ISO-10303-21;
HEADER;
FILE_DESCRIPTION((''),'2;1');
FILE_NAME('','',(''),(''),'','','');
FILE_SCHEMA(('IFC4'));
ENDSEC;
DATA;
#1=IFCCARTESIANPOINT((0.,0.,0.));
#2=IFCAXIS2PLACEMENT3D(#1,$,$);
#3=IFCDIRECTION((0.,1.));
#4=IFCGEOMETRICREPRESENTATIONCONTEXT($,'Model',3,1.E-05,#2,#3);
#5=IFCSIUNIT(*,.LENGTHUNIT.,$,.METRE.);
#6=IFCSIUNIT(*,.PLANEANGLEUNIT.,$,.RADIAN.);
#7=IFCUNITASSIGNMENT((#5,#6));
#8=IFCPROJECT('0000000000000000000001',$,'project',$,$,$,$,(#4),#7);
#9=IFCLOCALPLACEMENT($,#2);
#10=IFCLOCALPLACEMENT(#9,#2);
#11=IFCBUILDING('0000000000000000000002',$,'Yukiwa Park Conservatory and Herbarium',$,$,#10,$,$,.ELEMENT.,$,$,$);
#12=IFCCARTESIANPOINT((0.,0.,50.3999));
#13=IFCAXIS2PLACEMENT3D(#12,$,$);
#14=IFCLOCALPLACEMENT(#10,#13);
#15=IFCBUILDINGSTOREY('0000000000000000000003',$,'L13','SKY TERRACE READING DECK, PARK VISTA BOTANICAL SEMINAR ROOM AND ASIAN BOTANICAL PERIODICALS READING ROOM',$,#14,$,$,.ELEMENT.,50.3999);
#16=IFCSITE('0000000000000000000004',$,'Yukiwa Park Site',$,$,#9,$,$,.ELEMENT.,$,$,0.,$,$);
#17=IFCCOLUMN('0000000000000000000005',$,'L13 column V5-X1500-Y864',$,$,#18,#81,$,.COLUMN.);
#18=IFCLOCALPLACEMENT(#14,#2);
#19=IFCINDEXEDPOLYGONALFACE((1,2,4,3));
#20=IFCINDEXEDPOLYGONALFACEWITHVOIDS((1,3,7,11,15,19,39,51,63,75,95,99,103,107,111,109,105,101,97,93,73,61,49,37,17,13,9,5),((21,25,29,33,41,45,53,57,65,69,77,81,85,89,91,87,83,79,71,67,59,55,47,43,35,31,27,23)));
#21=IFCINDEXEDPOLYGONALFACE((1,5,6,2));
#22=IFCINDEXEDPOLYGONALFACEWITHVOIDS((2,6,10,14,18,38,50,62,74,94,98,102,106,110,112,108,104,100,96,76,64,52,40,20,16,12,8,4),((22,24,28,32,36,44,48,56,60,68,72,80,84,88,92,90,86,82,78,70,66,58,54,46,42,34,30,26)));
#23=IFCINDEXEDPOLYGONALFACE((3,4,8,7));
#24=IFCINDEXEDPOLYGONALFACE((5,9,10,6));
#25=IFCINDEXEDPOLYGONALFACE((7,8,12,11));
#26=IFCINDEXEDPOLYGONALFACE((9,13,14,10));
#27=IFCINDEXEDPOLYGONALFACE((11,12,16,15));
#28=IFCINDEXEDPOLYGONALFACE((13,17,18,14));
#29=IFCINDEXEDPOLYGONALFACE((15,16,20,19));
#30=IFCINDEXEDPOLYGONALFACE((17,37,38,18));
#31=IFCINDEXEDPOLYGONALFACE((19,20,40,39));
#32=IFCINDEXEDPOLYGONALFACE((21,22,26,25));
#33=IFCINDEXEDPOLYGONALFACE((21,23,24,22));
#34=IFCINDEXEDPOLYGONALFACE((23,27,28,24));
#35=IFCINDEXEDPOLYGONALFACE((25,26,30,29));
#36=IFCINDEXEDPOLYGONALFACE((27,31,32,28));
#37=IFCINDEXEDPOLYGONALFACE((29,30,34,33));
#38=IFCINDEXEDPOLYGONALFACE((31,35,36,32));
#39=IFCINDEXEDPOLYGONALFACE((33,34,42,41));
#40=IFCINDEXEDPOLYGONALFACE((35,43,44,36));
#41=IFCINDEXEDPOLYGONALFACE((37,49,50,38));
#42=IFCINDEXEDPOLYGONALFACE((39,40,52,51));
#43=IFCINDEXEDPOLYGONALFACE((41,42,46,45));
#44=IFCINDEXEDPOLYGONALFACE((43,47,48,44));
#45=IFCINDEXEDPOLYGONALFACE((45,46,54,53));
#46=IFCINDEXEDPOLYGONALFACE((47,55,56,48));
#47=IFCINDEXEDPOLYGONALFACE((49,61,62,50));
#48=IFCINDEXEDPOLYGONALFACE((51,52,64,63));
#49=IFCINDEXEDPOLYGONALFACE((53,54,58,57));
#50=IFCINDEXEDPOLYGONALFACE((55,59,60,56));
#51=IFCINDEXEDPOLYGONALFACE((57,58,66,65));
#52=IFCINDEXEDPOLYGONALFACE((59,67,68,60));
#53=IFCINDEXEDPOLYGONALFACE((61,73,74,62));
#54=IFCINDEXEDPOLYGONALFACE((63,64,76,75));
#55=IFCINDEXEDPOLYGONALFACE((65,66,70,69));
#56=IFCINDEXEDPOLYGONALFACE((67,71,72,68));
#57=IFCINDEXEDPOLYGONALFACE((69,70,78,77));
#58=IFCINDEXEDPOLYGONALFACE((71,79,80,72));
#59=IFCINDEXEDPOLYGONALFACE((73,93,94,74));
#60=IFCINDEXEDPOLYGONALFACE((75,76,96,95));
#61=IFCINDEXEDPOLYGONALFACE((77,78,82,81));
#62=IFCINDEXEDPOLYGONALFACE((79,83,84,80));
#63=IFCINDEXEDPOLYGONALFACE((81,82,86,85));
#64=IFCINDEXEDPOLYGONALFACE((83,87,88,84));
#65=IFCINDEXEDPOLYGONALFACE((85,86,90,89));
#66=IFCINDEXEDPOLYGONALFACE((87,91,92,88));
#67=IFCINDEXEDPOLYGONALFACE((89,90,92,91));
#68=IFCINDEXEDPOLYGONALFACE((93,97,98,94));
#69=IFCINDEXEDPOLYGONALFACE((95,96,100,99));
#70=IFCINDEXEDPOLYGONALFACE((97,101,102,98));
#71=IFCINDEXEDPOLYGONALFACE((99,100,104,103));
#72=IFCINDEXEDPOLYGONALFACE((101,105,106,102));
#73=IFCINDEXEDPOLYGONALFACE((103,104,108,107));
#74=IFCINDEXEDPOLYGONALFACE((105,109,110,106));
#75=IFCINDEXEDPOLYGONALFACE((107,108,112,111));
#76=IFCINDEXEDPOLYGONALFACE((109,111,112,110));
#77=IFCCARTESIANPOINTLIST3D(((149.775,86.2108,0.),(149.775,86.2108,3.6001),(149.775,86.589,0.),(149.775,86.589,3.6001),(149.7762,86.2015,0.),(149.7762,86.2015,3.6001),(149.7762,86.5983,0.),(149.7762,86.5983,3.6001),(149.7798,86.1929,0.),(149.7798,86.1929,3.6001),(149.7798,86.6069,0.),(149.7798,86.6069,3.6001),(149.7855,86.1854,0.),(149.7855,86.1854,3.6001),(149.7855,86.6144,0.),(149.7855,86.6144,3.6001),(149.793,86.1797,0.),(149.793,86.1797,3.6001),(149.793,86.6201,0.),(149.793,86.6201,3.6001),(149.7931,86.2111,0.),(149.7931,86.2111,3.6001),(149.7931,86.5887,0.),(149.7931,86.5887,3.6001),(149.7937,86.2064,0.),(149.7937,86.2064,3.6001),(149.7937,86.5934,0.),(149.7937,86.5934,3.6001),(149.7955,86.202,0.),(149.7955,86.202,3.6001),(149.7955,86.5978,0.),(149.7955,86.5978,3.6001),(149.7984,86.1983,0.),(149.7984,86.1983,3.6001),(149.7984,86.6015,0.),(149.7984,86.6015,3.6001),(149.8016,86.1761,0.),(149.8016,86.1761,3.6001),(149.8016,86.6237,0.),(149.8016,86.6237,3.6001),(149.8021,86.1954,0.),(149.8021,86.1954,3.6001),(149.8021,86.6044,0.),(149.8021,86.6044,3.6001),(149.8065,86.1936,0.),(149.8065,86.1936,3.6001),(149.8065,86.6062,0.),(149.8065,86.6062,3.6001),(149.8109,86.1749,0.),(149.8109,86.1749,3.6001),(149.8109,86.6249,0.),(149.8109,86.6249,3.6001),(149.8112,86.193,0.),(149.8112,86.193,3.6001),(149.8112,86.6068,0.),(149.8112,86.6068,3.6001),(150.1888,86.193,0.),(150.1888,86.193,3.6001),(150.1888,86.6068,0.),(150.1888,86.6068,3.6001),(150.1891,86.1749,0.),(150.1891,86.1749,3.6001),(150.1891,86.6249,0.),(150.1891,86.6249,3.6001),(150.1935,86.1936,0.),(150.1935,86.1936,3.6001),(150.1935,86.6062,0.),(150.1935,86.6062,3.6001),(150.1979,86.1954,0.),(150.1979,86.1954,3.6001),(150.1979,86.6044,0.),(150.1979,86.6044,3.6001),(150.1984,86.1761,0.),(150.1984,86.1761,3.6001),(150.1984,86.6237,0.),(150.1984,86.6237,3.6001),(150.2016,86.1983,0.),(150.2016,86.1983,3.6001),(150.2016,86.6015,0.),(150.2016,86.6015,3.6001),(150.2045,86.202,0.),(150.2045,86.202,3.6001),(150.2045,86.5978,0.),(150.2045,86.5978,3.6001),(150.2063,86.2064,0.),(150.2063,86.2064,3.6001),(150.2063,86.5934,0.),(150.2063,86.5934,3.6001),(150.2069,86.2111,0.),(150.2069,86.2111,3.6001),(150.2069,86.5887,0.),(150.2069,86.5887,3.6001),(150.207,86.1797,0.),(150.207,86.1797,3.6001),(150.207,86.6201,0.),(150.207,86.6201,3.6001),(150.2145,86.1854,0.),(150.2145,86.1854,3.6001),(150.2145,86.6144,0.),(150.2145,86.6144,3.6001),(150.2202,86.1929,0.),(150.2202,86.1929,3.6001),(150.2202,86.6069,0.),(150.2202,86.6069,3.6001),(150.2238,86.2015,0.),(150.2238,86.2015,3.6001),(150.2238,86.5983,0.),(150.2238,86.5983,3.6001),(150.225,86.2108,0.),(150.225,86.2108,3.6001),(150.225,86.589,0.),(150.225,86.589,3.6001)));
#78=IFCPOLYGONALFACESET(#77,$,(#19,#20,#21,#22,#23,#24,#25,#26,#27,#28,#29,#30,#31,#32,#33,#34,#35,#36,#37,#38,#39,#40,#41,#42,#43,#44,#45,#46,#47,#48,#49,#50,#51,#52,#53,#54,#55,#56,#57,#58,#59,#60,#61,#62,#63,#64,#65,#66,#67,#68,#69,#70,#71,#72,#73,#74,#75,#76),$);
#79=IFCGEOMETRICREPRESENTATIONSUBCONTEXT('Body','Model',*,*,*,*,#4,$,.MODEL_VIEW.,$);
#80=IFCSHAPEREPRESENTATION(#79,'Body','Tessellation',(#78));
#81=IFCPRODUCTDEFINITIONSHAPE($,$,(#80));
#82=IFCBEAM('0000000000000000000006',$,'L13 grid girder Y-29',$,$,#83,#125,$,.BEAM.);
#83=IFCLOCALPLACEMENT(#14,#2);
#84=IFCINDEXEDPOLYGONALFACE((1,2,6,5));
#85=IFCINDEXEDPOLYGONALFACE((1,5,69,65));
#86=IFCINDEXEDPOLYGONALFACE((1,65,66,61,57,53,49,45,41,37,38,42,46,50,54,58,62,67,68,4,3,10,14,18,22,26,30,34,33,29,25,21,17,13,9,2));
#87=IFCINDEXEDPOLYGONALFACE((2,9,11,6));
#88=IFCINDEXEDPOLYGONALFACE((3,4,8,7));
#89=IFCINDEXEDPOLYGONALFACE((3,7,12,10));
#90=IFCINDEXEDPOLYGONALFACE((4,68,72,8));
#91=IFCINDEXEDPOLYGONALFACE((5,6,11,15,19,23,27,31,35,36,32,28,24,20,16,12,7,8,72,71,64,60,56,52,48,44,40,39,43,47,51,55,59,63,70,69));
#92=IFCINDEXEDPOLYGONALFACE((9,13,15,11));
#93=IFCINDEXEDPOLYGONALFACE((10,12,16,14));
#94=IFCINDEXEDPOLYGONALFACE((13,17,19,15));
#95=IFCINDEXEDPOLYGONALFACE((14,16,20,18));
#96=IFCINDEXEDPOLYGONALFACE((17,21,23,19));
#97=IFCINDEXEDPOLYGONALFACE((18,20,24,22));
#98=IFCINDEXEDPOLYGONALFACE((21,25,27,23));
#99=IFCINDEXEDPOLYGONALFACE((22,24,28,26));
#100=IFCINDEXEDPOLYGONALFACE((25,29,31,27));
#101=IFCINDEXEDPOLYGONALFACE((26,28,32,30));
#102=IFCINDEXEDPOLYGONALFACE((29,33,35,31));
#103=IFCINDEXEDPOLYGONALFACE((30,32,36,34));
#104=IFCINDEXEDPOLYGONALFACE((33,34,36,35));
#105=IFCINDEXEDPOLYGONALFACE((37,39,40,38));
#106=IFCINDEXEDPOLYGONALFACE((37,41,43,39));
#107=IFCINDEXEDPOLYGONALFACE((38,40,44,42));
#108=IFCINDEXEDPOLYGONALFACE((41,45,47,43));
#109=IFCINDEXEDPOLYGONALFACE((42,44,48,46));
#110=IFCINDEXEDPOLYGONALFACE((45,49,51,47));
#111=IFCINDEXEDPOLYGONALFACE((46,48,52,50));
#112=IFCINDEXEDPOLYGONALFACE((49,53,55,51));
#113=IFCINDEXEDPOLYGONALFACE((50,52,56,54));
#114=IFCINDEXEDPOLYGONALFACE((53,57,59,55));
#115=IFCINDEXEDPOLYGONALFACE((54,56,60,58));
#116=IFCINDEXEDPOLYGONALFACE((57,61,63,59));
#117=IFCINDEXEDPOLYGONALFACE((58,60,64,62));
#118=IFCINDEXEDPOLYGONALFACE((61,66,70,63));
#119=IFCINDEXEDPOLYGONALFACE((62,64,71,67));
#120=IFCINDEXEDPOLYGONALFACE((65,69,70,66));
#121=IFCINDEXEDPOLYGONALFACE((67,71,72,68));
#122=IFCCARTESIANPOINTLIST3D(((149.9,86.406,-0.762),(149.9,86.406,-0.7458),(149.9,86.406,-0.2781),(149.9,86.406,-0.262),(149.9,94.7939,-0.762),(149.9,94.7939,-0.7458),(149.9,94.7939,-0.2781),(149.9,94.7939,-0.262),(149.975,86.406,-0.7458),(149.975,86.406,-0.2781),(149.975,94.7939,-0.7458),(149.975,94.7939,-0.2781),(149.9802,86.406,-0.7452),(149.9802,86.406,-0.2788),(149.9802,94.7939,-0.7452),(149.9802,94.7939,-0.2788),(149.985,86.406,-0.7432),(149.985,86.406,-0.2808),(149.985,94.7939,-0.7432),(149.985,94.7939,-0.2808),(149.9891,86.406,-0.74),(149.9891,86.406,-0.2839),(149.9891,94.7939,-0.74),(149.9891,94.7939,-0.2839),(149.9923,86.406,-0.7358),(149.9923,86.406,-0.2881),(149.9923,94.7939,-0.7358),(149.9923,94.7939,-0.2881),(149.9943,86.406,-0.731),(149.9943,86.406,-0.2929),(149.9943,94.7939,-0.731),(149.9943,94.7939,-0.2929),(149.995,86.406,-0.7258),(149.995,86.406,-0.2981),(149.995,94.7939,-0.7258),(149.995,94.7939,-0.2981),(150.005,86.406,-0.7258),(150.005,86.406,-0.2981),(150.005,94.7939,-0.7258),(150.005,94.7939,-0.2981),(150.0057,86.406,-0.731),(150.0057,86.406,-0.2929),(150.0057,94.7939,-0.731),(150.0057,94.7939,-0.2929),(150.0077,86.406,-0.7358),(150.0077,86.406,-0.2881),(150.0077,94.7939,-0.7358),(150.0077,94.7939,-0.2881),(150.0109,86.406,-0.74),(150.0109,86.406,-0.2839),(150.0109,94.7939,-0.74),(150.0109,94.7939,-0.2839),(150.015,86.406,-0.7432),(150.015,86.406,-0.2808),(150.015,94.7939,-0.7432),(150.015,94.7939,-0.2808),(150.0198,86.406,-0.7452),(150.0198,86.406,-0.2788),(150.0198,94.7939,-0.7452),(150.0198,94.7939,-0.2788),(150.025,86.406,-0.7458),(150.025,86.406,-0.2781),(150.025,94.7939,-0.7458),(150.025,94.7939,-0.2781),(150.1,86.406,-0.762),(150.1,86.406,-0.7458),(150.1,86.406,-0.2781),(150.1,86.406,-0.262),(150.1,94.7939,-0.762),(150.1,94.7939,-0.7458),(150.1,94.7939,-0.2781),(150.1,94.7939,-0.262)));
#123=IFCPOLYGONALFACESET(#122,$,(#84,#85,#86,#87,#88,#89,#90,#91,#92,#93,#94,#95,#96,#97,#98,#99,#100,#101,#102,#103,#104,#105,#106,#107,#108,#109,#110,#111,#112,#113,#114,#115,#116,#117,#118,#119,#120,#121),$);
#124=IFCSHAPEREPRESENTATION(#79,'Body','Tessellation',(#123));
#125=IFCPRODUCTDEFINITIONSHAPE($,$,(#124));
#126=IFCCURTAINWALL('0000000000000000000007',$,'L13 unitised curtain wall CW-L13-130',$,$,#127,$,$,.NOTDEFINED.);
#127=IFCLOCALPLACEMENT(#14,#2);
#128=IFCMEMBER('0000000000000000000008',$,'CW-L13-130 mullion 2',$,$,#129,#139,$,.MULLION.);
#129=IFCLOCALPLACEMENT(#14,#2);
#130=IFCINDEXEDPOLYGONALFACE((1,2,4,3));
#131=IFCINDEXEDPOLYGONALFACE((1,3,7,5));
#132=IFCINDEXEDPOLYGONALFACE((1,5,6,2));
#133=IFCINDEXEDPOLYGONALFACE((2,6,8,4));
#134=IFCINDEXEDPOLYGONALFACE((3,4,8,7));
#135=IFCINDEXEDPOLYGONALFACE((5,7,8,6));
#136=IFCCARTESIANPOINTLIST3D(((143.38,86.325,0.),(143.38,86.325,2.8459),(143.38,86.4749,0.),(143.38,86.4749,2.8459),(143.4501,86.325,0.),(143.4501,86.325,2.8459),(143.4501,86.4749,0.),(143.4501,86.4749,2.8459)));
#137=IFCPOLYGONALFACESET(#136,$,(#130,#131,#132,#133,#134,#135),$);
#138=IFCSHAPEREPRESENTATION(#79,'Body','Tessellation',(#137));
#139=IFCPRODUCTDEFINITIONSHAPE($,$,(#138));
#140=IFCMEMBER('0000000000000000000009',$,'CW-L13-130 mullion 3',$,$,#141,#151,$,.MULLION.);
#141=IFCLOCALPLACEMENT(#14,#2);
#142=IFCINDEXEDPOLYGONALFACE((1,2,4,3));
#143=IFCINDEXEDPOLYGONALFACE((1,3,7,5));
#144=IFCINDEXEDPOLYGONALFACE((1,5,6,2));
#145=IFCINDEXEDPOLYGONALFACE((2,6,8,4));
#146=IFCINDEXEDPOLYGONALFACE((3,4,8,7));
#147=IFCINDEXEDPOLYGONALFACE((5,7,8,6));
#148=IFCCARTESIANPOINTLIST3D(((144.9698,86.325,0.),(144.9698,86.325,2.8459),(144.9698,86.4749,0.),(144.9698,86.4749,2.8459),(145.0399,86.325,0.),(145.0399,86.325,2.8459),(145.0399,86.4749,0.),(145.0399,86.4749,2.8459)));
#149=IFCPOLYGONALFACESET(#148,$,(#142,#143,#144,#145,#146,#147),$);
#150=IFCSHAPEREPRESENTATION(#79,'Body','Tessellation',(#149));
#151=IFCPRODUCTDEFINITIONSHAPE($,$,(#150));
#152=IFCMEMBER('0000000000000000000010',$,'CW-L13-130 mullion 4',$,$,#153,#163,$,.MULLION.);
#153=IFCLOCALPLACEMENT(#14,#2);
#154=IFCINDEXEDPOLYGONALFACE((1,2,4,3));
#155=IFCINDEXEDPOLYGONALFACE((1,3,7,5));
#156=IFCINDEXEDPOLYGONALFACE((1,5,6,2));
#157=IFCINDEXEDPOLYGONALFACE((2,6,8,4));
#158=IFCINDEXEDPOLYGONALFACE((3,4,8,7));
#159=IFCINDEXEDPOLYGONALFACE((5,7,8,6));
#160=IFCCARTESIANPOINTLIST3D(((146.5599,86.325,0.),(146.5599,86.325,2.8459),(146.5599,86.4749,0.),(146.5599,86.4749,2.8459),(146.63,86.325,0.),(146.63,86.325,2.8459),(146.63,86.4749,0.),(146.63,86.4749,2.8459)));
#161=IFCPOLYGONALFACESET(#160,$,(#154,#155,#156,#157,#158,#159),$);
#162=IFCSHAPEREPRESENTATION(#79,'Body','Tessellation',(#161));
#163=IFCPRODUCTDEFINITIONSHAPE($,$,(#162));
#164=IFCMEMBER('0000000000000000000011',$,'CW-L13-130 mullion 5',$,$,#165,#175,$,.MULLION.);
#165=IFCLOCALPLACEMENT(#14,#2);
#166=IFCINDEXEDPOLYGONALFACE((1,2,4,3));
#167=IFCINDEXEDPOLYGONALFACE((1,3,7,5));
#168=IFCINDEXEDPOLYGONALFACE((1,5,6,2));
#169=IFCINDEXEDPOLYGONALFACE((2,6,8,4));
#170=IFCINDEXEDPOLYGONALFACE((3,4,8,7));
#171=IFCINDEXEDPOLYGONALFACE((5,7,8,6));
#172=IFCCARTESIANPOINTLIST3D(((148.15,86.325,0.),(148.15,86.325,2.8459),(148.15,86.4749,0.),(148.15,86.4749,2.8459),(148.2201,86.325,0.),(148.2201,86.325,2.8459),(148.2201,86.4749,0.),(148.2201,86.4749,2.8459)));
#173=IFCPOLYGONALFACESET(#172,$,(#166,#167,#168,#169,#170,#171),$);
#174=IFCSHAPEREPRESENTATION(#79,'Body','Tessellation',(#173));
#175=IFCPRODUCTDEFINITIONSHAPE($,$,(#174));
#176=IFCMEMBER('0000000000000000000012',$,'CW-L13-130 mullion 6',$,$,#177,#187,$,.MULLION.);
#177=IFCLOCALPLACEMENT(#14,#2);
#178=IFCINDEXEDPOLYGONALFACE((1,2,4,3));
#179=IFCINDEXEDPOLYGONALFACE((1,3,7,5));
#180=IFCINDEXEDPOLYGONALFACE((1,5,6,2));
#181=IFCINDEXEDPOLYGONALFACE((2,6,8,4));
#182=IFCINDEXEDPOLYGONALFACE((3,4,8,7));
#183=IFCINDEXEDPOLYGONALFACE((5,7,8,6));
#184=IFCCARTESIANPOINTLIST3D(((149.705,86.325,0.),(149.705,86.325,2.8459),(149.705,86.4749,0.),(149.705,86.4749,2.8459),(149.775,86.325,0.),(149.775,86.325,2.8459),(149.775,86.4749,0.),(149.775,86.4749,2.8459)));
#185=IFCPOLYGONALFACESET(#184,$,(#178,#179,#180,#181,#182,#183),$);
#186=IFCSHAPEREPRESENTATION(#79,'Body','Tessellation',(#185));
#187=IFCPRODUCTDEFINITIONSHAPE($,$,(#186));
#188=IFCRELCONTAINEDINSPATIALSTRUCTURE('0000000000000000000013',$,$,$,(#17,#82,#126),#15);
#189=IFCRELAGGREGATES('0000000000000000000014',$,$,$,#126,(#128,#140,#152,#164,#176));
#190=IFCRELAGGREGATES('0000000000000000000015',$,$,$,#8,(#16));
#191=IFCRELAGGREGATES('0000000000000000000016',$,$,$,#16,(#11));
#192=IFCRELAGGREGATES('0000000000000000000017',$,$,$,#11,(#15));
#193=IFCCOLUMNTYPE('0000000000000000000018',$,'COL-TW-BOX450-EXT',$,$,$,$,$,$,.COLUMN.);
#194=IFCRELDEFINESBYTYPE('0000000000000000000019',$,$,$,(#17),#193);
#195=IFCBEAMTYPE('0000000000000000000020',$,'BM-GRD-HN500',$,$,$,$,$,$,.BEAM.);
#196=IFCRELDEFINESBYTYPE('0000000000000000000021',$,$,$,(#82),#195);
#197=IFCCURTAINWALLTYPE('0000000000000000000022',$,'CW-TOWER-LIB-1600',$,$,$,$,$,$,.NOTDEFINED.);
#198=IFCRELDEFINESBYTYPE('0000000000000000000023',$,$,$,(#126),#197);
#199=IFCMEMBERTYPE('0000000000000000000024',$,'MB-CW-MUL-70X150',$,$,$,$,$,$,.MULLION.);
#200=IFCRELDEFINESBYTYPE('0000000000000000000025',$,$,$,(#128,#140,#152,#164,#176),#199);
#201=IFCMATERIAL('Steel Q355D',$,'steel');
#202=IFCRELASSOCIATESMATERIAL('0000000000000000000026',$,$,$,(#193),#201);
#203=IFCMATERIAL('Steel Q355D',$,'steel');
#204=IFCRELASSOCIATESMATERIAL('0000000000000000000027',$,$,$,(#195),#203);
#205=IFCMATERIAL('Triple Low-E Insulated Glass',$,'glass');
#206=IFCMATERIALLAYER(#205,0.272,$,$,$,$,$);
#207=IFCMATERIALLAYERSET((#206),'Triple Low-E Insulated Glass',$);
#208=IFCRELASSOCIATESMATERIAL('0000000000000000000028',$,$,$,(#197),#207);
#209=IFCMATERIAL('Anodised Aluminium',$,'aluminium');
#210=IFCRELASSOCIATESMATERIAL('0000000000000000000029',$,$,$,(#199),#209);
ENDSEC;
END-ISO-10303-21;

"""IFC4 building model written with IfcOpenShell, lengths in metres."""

from ifc_helpers import new_model, si_unit, direction, frame, origin, origin_2d, place, context, subcontext, project, spatial, rectangle, hollow_rectangle, i_section, extrude, material, layer, layer_set, material_profile, profile_set, type_object, element, aggregate, save


model = new_model("IFC4")

# Units and contexts
model_context = context("Model", 3, precision=1e-05, world=origin(), true_north=direction((0.0, 1.0)))
body_context = subcontext(model_context, "Body", "Model", "MODEL_VIEW")
ifc_project = project(units=[si_unit("LENGTHUNIT", "METRE"), si_unit("PLANEANGLEUNIT", "RADIAN")], contexts=[model_context])

# Site, building, storey
site_placement = place(None, origin())
site = spatial("IfcSite", under=ifc_project, at=site_placement, Name="Yukiwa Park Site", CompositionType="ELEMENT", RefElevation=0.0)
building_placement = place(site_placement, origin())
building = spatial("IfcBuilding", under=site, at=building_placement, Name="Yukiwa Park Conservatory and Herbarium", CompositionType="ELEMENT")
storey_placement = place(building_placement, frame((0.0, 0.0, 50.3999)))
storey = spatial("IfcBuildingStorey", under=building, at=storey_placement, Name="L13", Description="SKY TERRACE READING DECK, PARK VISTA BOTANICAL SEMINAR ROOM AND ASIAN BOTANICAL PERIODICALS READING ROOM", CompositionType="ELEMENT", Elevation=50.3999)

# Column
ifc_material_1 = material(Name="Steel Q355D", Category="steel")
ifc_material_profile_1 = material_profile(ifc_material_1, hollow_rectangle(XDim=0.45, YDim=0.45, WallThickness=0.0181, InnerFilletRadius=0.0181, OuterFilletRadius=0.0359, at=origin_2d()), Name="BOX 450x450x18")
ifc_profile_set_1 = profile_set([ifc_material_profile_1], Name="Steel Q355D")
column_type = type_object("IfcColumnType", Name="COL-TW-BOX450-EXT", PredefinedType="COLUMN", material=ifc_profile_set_1)
column_placement = place(storey_placement, frame((150.0, 86.3999, 0.0), z_axis=(0.0, 0.0, 1.0), x_axis=(1.0, 0.0, 0.0)))
element("IfcColumn", 1, at=column_placement, inside=storey, type_object=column_type, Name="L13 column V5-X1500-Y864", PredefinedType="COLUMN", context=body_context, shape_type="SweptSolid", body=[
    extrude(hollow_rectangle(XDim=0.45, YDim=0.45, WallThickness=0.0181, InnerFilletRadius=0.0181, OuterFilletRadius=0.0359, at=origin_2d()), origin(), (0.0, 0.0, 1.0), 3.6001),
])

# Beam
ifc_material_2 = material(Name="Steel Q355D", Category="steel")
ifc_material_profile_2 = material_profile(ifc_material_2, i_section(OverallWidth=0.2, OverallDepth=0.5, WebThickness=0.01, FlangeThickness=0.0161, FilletRadius=0.02, at=origin_2d()), Name="HN 500x200x10x16")
ifc_profile_set_2 = profile_set([ifc_material_profile_2], Name="Steel Q355D")
beam_type = type_object("IfcBeamType", Name="BM-GRD-HN500", PredefinedType="BEAM", material=ifc_profile_set_2)
beam_placement = place(storey_placement, frame((150.0, 86.406, -0.512), z_axis=(0.0, 1.0, 0.0), x_axis=(-1.0, 0.0, 0.0)))
element("IfcBeam", 2, at=beam_placement, inside=storey, type_object=beam_type, Name="L13 grid girder Y-29", PredefinedType="BEAM", context=body_context, shape_type="SweptSolid", body=[
    extrude(i_section(OverallWidth=0.2, OverallDepth=0.5, WebThickness=0.01, FlangeThickness=0.0161, FilletRadius=0.02, at=origin_2d()), origin(), (0.0, 0.0, 1.0), 8.3879),
])

# Curtain wall, members
ifc_material_3 = material(Name="Triple Low-E Insulated Glass", Category="glass")
ifc_layer_1 = layer(ifc_material_3, 0.272)
ifc_layer_set_1 = layer_set([ifc_layer_1], Name="Triple Low-E Insulated Glass")
curtain_wall_type = type_object("IfcCurtainWallType", Name="CW-TOWER-LIB-1600", PredefinedType="NOTDEFINED", material=ifc_layer_set_1)
curtain_wall_placement = place(storey_placement, origin())
curtain_wall = element("IfcCurtainWall", 3, at=curtain_wall_placement, inside=storey, type_object=curtain_wall_type, Name="L13 unitised curtain wall CW-L13-130", PredefinedType="NOTDEFINED")
ifc_material_4 = material(Name="Anodised Aluminium", Category="aluminium")
member_type_1 = type_object("IfcMemberType", Name="MB-CW-MUL-70X150", PredefinedType="MULLION", material=ifc_material_4)
member_1_placement = place(storey_placement, frame((143.415, 86.3999, 0.0), z_axis=(0.0, 0.0, 1.0), x_axis=(1.0, 0.0, 0.0)))
member_1 = element("IfcMember", 4, at=member_1_placement, type_object=member_type_1, Name="CW-L13-130 mullion 2", PredefinedType="MULLION", context=body_context, shape_type="SweptSolid", body=[
    extrude(rectangle(XDim=0.0701, YDim=0.1499, at=origin_2d()), origin(), (0.0, 0.0, 1.0), 2.8459),
])
member_2_placement = place(storey_placement, frame((145.0049, 86.3999, 0.0), z_axis=(0.0, 0.0, 1.0), x_axis=(1.0, 0.0, 0.0)))
member_2 = element("IfcMember", 5, at=member_2_placement, type_object=member_type_1, Name="CW-L13-130 mullion 3", PredefinedType="MULLION", context=body_context, shape_type="SweptSolid", body=[
    extrude(rectangle(XDim=0.0701, YDim=0.1499, at=origin_2d()), origin(), (0.0, 0.0, 1.0), 2.8459),
])
member_3_placement = place(storey_placement, frame((146.595, 86.3999, 0.0), z_axis=(0.0, 0.0, 1.0), x_axis=(1.0, 0.0, 0.0)))
member_3 = element("IfcMember", 6, at=member_3_placement, type_object=member_type_1, Name="CW-L13-130 mullion 4", PredefinedType="MULLION", context=body_context, shape_type="SweptSolid", body=[
    extrude(rectangle(XDim=0.0701, YDim=0.1499, at=origin_2d()), origin(), (0.0, 0.0, 1.0), 2.8459),
])
member_4_placement = place(storey_placement, frame((148.1851, 86.3999, 0.0), z_axis=(0.0, 0.0, 1.0), x_axis=(1.0, 0.0, 0.0)))
member_4 = element("IfcMember", 7, at=member_4_placement, type_object=member_type_1, Name="CW-L13-130 mullion 5", PredefinedType="MULLION", context=body_context, shape_type="SweptSolid", body=[
    extrude(rectangle(XDim=0.0701, YDim=0.1499, at=origin_2d()), origin(), (0.0, 0.0, 1.0), 2.8459),
])
member_5_placement = place(storey_placement, frame((149.74, 86.3999, 0.0), z_axis=(0.0, 0.0, 1.0), x_axis=(1.0, 0.0, 0.0)))
member_5 = element("IfcMember", 8, at=member_5_placement, type_object=member_type_1, Name="CW-L13-130 mullion 6", PredefinedType="MULLION", context=body_context, shape_type="SweptSolid", body=[
    extrude(rectangle(XDim=0.0701, YDim=0.1499, at=origin_2d()), origin(), (0.0, 0.0, 1.0), 2.8459),
])
aggregate(curtain_wall, [member_1, member_2, member_3, member_4, member_5])

save(model, "model.ifc")
